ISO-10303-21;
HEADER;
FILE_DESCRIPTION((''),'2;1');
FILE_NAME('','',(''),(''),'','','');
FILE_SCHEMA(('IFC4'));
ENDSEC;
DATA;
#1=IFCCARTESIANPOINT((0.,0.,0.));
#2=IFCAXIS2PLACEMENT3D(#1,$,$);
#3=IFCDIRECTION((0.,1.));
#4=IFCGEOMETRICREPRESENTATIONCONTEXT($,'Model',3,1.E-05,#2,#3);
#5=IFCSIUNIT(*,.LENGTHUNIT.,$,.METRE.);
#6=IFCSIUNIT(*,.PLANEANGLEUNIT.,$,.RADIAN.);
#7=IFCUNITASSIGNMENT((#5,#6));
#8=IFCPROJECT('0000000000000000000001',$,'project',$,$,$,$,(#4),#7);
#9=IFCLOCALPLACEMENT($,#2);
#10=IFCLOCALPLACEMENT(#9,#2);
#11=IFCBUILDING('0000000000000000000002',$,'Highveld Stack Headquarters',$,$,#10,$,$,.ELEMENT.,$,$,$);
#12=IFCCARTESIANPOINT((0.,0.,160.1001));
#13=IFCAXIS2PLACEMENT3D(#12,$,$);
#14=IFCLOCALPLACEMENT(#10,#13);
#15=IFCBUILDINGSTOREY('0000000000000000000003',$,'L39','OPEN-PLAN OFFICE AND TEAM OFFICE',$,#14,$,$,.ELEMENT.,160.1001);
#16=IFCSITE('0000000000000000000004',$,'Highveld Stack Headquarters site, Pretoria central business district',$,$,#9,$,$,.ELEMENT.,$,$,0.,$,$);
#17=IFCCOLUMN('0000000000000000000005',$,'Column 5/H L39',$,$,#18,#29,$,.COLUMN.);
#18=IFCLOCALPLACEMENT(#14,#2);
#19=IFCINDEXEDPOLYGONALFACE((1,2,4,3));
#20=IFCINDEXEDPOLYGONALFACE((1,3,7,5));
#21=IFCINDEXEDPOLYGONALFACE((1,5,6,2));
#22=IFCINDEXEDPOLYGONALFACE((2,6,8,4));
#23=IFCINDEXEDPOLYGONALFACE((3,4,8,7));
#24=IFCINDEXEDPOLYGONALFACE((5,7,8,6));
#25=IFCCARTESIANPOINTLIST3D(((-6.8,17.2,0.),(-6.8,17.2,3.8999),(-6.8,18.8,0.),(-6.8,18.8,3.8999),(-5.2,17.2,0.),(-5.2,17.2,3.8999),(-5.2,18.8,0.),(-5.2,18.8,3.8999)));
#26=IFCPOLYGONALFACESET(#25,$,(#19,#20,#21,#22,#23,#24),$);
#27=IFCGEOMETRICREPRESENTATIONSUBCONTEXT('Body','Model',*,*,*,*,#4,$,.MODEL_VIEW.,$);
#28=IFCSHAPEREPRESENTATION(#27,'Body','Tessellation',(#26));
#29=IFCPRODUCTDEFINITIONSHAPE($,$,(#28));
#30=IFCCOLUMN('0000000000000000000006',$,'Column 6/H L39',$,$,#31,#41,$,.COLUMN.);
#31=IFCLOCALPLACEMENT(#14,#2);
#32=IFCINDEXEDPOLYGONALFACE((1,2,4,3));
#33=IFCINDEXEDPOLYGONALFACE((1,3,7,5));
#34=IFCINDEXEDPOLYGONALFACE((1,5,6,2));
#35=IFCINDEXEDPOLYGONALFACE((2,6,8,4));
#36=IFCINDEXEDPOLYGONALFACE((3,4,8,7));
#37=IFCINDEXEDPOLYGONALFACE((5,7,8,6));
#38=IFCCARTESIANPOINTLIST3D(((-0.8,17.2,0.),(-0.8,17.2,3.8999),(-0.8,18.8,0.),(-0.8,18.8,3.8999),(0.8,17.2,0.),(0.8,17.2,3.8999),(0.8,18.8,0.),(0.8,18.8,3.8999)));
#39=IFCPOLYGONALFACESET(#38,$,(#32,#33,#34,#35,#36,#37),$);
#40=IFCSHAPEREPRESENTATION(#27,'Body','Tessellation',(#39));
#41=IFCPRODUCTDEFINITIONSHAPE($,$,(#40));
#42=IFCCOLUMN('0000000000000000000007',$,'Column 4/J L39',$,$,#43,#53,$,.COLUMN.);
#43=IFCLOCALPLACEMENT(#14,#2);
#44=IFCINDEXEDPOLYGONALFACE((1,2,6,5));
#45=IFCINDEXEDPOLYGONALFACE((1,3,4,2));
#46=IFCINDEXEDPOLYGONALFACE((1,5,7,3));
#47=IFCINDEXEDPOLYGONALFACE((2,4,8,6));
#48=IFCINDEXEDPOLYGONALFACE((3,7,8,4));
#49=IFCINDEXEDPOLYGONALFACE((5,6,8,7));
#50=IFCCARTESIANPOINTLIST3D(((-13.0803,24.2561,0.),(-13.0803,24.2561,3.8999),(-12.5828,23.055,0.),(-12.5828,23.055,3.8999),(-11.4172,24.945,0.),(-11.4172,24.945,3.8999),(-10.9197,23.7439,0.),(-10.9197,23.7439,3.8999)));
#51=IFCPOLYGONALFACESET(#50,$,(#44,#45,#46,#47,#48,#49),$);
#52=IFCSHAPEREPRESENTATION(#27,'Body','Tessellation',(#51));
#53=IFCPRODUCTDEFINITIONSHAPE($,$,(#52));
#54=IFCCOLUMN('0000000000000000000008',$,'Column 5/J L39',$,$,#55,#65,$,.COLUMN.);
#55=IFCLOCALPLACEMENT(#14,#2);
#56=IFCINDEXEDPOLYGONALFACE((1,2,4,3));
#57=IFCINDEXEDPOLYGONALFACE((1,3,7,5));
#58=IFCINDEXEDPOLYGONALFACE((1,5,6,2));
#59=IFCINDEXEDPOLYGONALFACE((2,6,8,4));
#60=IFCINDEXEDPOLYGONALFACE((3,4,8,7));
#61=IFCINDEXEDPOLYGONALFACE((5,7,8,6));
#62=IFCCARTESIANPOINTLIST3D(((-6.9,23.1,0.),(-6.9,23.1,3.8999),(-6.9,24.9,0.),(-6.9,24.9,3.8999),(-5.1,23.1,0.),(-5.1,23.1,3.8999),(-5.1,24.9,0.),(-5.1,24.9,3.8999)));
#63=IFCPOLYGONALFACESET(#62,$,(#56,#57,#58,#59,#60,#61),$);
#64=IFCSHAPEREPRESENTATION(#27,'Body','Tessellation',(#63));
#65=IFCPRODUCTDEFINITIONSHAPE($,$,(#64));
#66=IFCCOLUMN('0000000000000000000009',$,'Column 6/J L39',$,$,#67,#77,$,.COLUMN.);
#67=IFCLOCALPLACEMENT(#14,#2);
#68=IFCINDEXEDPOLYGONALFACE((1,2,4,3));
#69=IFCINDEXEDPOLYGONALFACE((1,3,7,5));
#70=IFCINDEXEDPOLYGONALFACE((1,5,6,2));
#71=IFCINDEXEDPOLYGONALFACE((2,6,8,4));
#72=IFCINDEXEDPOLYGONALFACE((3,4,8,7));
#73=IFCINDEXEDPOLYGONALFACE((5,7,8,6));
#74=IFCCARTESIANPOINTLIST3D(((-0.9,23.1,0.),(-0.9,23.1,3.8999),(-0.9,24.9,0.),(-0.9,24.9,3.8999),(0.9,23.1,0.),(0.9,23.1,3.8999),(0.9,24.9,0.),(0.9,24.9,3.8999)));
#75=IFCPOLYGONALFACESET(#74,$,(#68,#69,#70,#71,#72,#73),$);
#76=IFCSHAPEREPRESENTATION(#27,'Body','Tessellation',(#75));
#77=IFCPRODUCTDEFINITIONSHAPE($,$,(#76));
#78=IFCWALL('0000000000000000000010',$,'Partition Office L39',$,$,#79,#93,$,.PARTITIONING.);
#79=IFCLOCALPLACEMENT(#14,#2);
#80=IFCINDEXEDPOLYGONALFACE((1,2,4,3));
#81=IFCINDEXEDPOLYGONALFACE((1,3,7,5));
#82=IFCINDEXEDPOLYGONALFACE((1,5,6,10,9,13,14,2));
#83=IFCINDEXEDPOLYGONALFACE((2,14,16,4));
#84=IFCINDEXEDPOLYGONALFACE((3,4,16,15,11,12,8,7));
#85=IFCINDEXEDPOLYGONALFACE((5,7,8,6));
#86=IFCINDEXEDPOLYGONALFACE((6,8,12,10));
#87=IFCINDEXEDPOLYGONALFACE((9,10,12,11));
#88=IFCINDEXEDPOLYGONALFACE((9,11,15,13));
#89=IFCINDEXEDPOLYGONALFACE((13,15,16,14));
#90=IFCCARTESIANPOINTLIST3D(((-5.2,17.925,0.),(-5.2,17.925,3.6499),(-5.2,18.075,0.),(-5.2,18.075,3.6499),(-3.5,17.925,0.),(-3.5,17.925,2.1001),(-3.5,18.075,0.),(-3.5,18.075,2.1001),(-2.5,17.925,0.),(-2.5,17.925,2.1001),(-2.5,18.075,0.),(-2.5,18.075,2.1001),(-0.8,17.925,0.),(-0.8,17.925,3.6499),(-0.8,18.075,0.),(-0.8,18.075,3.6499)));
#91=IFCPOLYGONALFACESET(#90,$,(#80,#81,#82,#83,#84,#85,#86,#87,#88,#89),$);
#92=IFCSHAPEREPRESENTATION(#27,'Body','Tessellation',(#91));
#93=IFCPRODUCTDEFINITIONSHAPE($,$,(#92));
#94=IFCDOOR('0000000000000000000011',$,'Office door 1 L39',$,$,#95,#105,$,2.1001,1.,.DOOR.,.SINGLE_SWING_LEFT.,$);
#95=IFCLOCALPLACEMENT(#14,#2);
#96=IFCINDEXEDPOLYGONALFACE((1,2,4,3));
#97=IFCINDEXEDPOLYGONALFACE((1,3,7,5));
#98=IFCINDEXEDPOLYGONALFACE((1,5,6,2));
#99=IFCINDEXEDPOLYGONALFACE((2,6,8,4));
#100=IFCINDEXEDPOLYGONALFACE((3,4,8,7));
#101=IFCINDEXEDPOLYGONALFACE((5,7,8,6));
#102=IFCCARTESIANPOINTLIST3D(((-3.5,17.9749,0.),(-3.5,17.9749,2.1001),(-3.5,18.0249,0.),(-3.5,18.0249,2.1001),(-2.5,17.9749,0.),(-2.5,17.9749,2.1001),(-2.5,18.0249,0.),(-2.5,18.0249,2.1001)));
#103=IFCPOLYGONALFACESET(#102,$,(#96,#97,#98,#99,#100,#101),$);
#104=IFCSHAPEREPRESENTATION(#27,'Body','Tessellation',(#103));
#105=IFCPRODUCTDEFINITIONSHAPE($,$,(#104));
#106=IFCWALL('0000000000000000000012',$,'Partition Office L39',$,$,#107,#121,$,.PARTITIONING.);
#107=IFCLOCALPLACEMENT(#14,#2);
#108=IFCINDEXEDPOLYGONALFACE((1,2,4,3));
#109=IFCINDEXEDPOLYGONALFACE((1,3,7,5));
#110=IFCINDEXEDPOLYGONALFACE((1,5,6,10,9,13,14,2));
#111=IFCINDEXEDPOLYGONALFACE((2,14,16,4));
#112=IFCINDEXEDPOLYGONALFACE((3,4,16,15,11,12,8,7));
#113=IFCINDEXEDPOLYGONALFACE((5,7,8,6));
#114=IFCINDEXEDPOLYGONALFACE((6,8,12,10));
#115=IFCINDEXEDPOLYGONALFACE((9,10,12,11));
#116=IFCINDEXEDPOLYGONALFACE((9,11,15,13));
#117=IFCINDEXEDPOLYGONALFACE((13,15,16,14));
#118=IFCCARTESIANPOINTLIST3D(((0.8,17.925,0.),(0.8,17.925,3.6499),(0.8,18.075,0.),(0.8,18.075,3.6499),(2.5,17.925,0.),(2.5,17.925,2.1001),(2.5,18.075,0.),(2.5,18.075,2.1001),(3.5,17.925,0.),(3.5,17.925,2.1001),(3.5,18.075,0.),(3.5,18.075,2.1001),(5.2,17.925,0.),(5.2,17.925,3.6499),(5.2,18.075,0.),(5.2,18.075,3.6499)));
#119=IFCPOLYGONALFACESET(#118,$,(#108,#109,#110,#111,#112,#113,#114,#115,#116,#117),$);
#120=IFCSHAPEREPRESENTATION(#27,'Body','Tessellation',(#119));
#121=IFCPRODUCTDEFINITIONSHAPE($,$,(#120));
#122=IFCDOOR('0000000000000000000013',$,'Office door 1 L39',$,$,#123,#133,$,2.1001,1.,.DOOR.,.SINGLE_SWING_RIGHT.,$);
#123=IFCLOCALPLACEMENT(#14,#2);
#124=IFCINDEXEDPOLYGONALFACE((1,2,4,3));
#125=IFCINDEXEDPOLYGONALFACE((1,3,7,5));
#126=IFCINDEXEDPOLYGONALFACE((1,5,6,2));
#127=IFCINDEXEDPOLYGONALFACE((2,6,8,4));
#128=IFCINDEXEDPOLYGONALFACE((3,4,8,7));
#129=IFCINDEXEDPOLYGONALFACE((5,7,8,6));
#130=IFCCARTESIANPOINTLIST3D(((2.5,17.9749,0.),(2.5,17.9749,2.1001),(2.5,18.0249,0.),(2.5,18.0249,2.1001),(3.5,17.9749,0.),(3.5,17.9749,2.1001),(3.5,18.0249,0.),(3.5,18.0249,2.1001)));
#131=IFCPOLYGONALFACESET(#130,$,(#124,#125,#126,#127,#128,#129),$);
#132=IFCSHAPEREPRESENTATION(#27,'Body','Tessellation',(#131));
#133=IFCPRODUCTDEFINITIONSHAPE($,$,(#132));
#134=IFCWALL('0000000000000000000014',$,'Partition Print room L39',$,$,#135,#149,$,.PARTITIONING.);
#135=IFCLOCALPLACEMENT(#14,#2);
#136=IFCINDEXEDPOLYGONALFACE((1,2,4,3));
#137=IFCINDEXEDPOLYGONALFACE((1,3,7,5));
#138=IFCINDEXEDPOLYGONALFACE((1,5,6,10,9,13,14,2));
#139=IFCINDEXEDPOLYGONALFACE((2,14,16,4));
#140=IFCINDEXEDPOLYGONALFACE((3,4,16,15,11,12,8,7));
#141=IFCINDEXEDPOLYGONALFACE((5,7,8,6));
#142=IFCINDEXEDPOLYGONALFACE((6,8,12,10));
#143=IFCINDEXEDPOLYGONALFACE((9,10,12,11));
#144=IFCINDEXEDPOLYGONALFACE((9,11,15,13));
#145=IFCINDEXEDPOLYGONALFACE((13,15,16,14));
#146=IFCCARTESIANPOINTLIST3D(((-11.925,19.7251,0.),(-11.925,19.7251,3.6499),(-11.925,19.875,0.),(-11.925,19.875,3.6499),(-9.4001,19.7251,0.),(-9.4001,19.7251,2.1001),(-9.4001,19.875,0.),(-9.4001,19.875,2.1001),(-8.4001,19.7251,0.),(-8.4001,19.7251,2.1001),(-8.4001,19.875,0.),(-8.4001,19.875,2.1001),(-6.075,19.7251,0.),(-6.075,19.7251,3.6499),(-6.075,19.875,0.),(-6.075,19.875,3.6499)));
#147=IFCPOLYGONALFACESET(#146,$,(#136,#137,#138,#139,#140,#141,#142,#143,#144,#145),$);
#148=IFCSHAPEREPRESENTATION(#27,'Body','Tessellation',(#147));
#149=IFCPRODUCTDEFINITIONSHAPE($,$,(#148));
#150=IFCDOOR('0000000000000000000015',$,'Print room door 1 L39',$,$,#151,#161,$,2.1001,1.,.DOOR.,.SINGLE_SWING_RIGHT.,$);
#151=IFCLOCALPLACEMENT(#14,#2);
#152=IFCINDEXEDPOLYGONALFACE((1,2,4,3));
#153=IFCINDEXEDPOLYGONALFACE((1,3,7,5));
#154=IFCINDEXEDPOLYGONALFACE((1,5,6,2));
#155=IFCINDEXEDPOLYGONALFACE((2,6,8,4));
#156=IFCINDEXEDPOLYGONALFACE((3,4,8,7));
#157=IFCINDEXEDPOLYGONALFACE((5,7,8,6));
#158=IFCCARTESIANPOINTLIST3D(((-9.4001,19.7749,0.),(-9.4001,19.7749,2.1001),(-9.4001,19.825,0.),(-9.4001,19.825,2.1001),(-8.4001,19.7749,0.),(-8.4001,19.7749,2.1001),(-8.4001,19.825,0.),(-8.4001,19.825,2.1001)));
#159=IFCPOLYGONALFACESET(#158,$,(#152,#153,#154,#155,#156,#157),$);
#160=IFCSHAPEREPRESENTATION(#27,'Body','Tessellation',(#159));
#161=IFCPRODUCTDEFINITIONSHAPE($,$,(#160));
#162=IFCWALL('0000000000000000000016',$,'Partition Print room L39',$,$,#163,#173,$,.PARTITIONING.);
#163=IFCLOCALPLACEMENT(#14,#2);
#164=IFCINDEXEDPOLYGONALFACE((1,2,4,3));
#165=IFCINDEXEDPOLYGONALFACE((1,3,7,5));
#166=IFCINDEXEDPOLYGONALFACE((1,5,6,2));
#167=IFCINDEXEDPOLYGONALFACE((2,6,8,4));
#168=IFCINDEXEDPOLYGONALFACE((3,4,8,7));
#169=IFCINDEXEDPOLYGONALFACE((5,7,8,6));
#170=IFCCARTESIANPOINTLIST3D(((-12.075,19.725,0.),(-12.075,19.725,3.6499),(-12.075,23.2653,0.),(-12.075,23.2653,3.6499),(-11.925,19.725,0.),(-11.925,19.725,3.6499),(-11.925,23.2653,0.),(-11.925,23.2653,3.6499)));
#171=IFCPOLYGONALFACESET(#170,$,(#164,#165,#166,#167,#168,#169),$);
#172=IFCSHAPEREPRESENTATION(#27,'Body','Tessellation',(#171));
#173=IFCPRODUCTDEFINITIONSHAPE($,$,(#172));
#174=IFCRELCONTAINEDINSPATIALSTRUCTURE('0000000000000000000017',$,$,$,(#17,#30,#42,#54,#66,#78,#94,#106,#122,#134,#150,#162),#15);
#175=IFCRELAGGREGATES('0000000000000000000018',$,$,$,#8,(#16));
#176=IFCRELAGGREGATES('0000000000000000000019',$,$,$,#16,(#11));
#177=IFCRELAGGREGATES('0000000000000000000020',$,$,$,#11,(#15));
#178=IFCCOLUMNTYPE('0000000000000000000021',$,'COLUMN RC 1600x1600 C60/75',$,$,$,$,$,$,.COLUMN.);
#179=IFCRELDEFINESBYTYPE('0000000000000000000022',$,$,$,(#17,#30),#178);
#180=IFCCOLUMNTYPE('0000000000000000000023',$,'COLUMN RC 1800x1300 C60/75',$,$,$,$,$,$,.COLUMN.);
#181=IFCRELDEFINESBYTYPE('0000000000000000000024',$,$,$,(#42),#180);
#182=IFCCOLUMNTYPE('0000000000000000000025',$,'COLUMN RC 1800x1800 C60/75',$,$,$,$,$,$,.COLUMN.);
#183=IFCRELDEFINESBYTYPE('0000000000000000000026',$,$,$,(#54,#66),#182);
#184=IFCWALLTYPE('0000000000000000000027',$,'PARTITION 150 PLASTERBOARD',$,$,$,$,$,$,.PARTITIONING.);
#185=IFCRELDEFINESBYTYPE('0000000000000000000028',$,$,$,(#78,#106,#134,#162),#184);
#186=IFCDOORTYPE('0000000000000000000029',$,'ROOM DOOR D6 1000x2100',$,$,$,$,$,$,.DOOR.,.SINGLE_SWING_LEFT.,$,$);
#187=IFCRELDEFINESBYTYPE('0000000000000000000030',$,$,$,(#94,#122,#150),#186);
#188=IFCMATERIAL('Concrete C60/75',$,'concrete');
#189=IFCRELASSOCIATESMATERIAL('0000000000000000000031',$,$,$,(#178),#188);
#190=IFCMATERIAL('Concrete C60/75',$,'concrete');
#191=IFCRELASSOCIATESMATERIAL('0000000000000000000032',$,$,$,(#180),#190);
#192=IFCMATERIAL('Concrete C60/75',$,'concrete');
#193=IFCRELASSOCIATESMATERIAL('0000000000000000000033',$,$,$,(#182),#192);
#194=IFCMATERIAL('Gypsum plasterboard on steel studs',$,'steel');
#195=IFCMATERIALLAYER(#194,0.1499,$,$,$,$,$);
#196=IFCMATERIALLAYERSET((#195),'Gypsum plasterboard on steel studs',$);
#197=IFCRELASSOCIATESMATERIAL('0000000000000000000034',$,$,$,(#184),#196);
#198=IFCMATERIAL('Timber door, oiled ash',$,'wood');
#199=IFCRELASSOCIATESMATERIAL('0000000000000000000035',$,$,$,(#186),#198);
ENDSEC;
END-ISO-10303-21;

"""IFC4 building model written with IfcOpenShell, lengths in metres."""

from ifc_helpers import new_model, si_unit, direction, frame, frame_2d, origin, origin_2d, place, context, subcontext, project, spatial, rectangle, extrude, material, layer, layer_set, material_profile, profile_set, type_object, element, fill, save


model = new_model("IFC4")

# Units and contexts
model_context = context("Model", 3, precision=1e-05, world=origin(), true_north=direction((0.0, 1.0)))
body_context = subcontext(model_context, "Body", "Model", "MODEL_VIEW")
ifc_project = project(units=[si_unit("LENGTHUNIT", "METRE"), si_unit("PLANEANGLEUNIT", "RADIAN")], contexts=[model_context])

# Site, building, storey
site_placement = place(None, origin())
site = spatial("IfcSite", under=ifc_project, at=site_placement, Name="Highveld Stack Headquarters site, Pretoria central business district", CompositionType="ELEMENT", RefElevation=0.0)
building_placement = place(site_placement, origin())
building = spatial("IfcBuilding", under=site, at=building_placement, Name="Highveld Stack Headquarters", CompositionType="ELEMENT")
storey_placement = place(building_placement, frame((0.0, 0.0, 160.1001)))
storey = spatial("IfcBuildingStorey", under=building, at=storey_placement, Name="L39", Description="OPEN-PLAN OFFICE AND TEAM OFFICE", CompositionType="ELEMENT", Elevation=160.1001)

# Columns
ifc_material_1 = material(Name="Concrete C60/75", Category="concrete")
ifc_material_profile_1 = material_profile(ifc_material_1, rectangle(XDim=1.6001, YDim=1.6001, at=origin_2d()), Name="RC 1600x1600")
ifc_profile_set_1 = profile_set([ifc_material_profile_1], Name="Concrete C60/75")
column_type_1 = type_object("IfcColumnType", Name="COLUMN RC 1600x1600 C60/75", PredefinedType="COLUMN", material=ifc_profile_set_1)
for number, where, z_axis, x_axis, name in (
    (1, (-6.0, 18.0, 0.0), (0.0, 0.0, 1.0), (1.0, 0.0, 0.0), "Column 5/H L39"),
    (2, (0.0, 18.0, 0.0), (0.0, 0.0, 1.0), (1.0, 0.0, 0.0), "Column 6/H L39"),
):
    element("IfcColumn", number, at=place(storey_placement, frame(where, z_axis=z_axis, x_axis=x_axis)), inside=storey, type_object=column_type_1, Name=name, PredefinedType="COLUMN", context=body_context, shape_type="SweptSolid", body=[
        extrude(rectangle(XDim=1.6001, YDim=1.6001, at=origin_2d()), origin(), (0.0, 0.0, 1.0), 3.8999),
    ])
ifc_material_2 = material(Name="Concrete C60/75", Category="concrete")
ifc_material_profile_2 = material_profile(ifc_material_2, rectangle(XDim=1.8, YDim=1.3, at=origin_2d()), Name="RC 1800x1300")
ifc_profile_set_2 = profile_set([ifc_material_profile_2], Name="Concrete C60/75")
column_type_2 = type_object("IfcColumnType", Name="COLUMN RC 1800x1300 C60/75", PredefinedType="COLUMN", material=ifc_profile_set_2)
column_placement = place(storey_placement, frame((-12.0, 24.0, 0.0), z_axis=(0.0, 0.0, 1.0), x_axis=(0.92388, 0.382683, 0.0)))
element("IfcColumn", 3, at=column_placement, inside=storey, type_object=column_type_2, Name="Column 4/J L39", PredefinedType="COLUMN", context=body_context, shape_type="SweptSolid", body=[
    extrude(rectangle(XDim=1.8, YDim=1.3, at=origin_2d()), origin(), (0.0, 0.0, 1.0), 3.8999),
])
ifc_material_3 = material(Name="Concrete C60/75", Category="concrete")
ifc_material_profile_3 = material_profile(ifc_material_3, rectangle(XDim=1.8, YDim=1.8, at=origin_2d()), Name="RC 1800x1800")
ifc_profile_set_3 = profile_set([ifc_material_profile_3], Name="Concrete C60/75")
column_type_3 = type_object("IfcColumnType", Name="COLUMN RC 1800x1800 C60/75", PredefinedType="COLUMN", material=ifc_profile_set_3)
for number, where, z_axis, x_axis, name in (
    (4, (-6.0, 24.0, 0.0), (0.0, 0.0, 1.0), (1.0, 0.0, 0.0), "Column 5/J L39"),
    (5, (0.0, 24.0, 0.0), (0.0, 0.0, 1.0), (1.0, 0.0, 0.0), "Column 6/J L39"),
):
    element("IfcColumn", number, at=place(storey_placement, frame(where, z_axis=z_axis, x_axis=x_axis)), inside=storey, type_object=column_type_3, Name=name, PredefinedType="COLUMN", context=body_context, shape_type="SweptSolid", body=[
        extrude(rectangle(XDim=1.8, YDim=1.8, at=origin_2d()), origin(), (0.0, 0.0, 1.0), 3.8999),
    ])

# Walls, openings, doors
ifc_material_4 = material(Name="Gypsum plasterboard on steel studs", Category="steel")
ifc_layer = layer(ifc_material_4, 0.1499)
ifc_layer_set = layer_set([ifc_layer], Name="Gypsum plasterboard on steel studs")
wall_type = type_object("IfcWallType", Name="PARTITION 150 PLASTERBOARD", PredefinedType="PARTITIONING", material=ifc_layer_set)
wall_1_placement = place(storey_placement, frame((-5.2, 18.0, 0.0), z_axis=(0.0, 0.0, 1.0), x_axis=(1.0, 0.0, 0.0)))
wall_1 = element("IfcWall", 6, at=wall_1_placement, inside=storey, type_object=wall_type, Name="Partition Office L39", PredefinedType="PARTITIONING", context=body_context, shape_type="SweptSolid", body=[
    extrude(rectangle(XDim=4.3999, YDim=0.1499, at=frame_2d((2.2, 0.0))), origin(), (0.0, 0.0, 1.0), 3.6499),
])
opening_1_placement = place(wall_1_placement, frame((1.7, 0.0, 0.0)))
opening_1 = element("IfcOpeningElement", 7, at=opening_1_placement, cuts=wall_1, PredefinedType="OPENING", context=body_context, shape_type="SweptSolid", body=[
    extrude(rectangle(XDim=1.0, YDim=2.1001, at=frame_2d((0.5, 1.05))), frame((0.0, 0.085, 0.0), z_axis=(0.0, -1.0, 0.0), x_axis=(1.0, 0.0, 0.0)), (0.0, 0.0, 1.0), 0.1699),
])
ifc_material_5 = material(Name="Timber door, oiled ash", Category="wood")
door_type = type_object("IfcDoorType", Name="ROOM DOOR D6 1000x2100", OperationType="SINGLE_SWING_LEFT", PredefinedType="DOOR", material=ifc_material_5)
door_1_placement = place(opening_1_placement, origin())
door_1 = element("IfcDoor", 8, at=door_1_placement, inside=storey, type_object=door_type, Name="Office door 1 L39", OperationType="SINGLE_SWING_LEFT", OverallHeight=2.1001, OverallWidth=1.0, PredefinedType="DOOR", context=body_context, shape_type="SweptSolid", body=[
    extrude(rectangle(XDim=1.0, YDim=2.1001, at=frame_2d((0.5, 1.05))), frame((0.0, 0.0249, 0.0), z_axis=(0.0, -1.0, 0.0), x_axis=(1.0, 0.0, 0.0)), (0.0, 0.0, 1.0), 0.05),
])
fill(opening_1, door_1)
wall_2_placement = place(storey_placement, frame((0.8, 18.0, 0.0), z_axis=(0.0, 0.0, 1.0), x_axis=(1.0, 0.0, 0.0)))
wall_2 = element("IfcWall", 9, at=wall_2_placement, inside=storey, type_object=wall_type, Name="Partition Office L39", PredefinedType="PARTITIONING", context=body_context, shape_type="SweptSolid", body=[
    extrude(rectangle(XDim=4.3999, YDim=0.1499, at=frame_2d((2.2, 0.0))), origin(), (0.0, 0.0, 1.0), 3.6499),
])
opening_2_placement = place(wall_2_placement, frame((1.7, 0.0, 0.0)))
opening_2 = element("IfcOpeningElement", 10, at=opening_2_placement, cuts=wall_2, PredefinedType="OPENING", context=body_context, shape_type="SweptSolid", body=[
    extrude(rectangle(XDim=1.0, YDim=2.1001, at=frame_2d((0.5, 1.05))), frame((0.0, 0.085, 0.0), z_axis=(0.0, -1.0, 0.0), x_axis=(1.0, 0.0, 0.0)), (0.0, 0.0, 1.0), 0.1699),
])
door_2_placement = place(opening_2_placement, origin())
door_2 = element("IfcDoor", 11, at=door_2_placement, inside=storey, type_object=door_type, Name="Office door 1 L39", OperationType="SINGLE_SWING_RIGHT", OverallHeight=2.1001, OverallWidth=1.0, PredefinedType="DOOR", context=body_context, shape_type="SweptSolid", body=[
    extrude(rectangle(XDim=1.0, YDim=2.1001, at=frame_2d((0.5, 1.05))), frame((0.0, 0.0249, 0.0), z_axis=(0.0, -1.0, 0.0), x_axis=(1.0, 0.0, 0.0)), (0.0, 0.0, 1.0), 0.05),
])
fill(opening_2, door_2)
wall_3_placement = place(storey_placement, frame((-11.925, 19.8, 0.0), z_axis=(0.0, 0.0, 1.0), x_axis=(1.0, 0.0, 0.0)))
wall_3 = element("IfcWall", 12, at=wall_3_placement, inside=storey, type_object=wall_type, Name="Partition Print room L39", PredefinedType="PARTITIONING", context=body_context, shape_type="SweptSolid", body=[
    extrude(rectangle(XDim=5.8501, YDim=0.1499, at=frame_2d((2.925, 0.0))), origin(), (0.0, 0.0, 1.0), 3.6499),
])
opening_3_placement = place(wall_3_placement, frame((2.5249, 0.0, 0.0)))
opening_3 = element("IfcOpeningElement", 13, at=opening_3_placement, cuts=wall_3, PredefinedType="OPENING", context=body_context, shape_type="SweptSolid", body=[
    extrude(rectangle(XDim=1.0, YDim=2.1001, at=frame_2d((0.5, 1.05))), frame((0.0, 0.085, 0.0), z_axis=(0.0, -1.0, 0.0), x_axis=(1.0, 0.0, 0.0)), (0.0, 0.0, 1.0), 0.1699),
])
door_3_placement = place(opening_3_placement, origin())
door_3 = element("IfcDoor", 14, at=door_3_placement, inside=storey, type_object=door_type, Name="Print room door 1 L39", OperationType="SINGLE_SWING_RIGHT", OverallHeight=2.1001, OverallWidth=1.0, PredefinedType="DOOR", context=body_context, shape_type="SweptSolid", body=[
    extrude(rectangle(XDim=1.0, YDim=2.1001, at=frame_2d((0.5, 1.05))), frame((0.0, 0.0249, 0.0), z_axis=(0.0, -1.0, 0.0), x_axis=(1.0, 0.0, 0.0)), (0.0, 0.0, 1.0), 0.05),
])
fill(opening_3, door_3)

# Wall
wall_4_placement = place(storey_placement, frame((-12.0, 19.7251, 0.0), z_axis=(0.0, 0.0, 1.0), x_axis=(0.0, 1.0, 0.0)))
element("IfcWall", 15, at=wall_4_placement, inside=storey, type_object=wall_type, Name="Partition Print room L39", PredefinedType="PARTITIONING", context=body_context, shape_type="SweptSolid", body=[
    extrude(rectangle(XDim=3.5403, YDim=0.1499, at=frame_2d((1.77, 0.0))), origin(), (0.0, 0.0, 1.0), 3.6499),
])

save(model, "model.ifc")
